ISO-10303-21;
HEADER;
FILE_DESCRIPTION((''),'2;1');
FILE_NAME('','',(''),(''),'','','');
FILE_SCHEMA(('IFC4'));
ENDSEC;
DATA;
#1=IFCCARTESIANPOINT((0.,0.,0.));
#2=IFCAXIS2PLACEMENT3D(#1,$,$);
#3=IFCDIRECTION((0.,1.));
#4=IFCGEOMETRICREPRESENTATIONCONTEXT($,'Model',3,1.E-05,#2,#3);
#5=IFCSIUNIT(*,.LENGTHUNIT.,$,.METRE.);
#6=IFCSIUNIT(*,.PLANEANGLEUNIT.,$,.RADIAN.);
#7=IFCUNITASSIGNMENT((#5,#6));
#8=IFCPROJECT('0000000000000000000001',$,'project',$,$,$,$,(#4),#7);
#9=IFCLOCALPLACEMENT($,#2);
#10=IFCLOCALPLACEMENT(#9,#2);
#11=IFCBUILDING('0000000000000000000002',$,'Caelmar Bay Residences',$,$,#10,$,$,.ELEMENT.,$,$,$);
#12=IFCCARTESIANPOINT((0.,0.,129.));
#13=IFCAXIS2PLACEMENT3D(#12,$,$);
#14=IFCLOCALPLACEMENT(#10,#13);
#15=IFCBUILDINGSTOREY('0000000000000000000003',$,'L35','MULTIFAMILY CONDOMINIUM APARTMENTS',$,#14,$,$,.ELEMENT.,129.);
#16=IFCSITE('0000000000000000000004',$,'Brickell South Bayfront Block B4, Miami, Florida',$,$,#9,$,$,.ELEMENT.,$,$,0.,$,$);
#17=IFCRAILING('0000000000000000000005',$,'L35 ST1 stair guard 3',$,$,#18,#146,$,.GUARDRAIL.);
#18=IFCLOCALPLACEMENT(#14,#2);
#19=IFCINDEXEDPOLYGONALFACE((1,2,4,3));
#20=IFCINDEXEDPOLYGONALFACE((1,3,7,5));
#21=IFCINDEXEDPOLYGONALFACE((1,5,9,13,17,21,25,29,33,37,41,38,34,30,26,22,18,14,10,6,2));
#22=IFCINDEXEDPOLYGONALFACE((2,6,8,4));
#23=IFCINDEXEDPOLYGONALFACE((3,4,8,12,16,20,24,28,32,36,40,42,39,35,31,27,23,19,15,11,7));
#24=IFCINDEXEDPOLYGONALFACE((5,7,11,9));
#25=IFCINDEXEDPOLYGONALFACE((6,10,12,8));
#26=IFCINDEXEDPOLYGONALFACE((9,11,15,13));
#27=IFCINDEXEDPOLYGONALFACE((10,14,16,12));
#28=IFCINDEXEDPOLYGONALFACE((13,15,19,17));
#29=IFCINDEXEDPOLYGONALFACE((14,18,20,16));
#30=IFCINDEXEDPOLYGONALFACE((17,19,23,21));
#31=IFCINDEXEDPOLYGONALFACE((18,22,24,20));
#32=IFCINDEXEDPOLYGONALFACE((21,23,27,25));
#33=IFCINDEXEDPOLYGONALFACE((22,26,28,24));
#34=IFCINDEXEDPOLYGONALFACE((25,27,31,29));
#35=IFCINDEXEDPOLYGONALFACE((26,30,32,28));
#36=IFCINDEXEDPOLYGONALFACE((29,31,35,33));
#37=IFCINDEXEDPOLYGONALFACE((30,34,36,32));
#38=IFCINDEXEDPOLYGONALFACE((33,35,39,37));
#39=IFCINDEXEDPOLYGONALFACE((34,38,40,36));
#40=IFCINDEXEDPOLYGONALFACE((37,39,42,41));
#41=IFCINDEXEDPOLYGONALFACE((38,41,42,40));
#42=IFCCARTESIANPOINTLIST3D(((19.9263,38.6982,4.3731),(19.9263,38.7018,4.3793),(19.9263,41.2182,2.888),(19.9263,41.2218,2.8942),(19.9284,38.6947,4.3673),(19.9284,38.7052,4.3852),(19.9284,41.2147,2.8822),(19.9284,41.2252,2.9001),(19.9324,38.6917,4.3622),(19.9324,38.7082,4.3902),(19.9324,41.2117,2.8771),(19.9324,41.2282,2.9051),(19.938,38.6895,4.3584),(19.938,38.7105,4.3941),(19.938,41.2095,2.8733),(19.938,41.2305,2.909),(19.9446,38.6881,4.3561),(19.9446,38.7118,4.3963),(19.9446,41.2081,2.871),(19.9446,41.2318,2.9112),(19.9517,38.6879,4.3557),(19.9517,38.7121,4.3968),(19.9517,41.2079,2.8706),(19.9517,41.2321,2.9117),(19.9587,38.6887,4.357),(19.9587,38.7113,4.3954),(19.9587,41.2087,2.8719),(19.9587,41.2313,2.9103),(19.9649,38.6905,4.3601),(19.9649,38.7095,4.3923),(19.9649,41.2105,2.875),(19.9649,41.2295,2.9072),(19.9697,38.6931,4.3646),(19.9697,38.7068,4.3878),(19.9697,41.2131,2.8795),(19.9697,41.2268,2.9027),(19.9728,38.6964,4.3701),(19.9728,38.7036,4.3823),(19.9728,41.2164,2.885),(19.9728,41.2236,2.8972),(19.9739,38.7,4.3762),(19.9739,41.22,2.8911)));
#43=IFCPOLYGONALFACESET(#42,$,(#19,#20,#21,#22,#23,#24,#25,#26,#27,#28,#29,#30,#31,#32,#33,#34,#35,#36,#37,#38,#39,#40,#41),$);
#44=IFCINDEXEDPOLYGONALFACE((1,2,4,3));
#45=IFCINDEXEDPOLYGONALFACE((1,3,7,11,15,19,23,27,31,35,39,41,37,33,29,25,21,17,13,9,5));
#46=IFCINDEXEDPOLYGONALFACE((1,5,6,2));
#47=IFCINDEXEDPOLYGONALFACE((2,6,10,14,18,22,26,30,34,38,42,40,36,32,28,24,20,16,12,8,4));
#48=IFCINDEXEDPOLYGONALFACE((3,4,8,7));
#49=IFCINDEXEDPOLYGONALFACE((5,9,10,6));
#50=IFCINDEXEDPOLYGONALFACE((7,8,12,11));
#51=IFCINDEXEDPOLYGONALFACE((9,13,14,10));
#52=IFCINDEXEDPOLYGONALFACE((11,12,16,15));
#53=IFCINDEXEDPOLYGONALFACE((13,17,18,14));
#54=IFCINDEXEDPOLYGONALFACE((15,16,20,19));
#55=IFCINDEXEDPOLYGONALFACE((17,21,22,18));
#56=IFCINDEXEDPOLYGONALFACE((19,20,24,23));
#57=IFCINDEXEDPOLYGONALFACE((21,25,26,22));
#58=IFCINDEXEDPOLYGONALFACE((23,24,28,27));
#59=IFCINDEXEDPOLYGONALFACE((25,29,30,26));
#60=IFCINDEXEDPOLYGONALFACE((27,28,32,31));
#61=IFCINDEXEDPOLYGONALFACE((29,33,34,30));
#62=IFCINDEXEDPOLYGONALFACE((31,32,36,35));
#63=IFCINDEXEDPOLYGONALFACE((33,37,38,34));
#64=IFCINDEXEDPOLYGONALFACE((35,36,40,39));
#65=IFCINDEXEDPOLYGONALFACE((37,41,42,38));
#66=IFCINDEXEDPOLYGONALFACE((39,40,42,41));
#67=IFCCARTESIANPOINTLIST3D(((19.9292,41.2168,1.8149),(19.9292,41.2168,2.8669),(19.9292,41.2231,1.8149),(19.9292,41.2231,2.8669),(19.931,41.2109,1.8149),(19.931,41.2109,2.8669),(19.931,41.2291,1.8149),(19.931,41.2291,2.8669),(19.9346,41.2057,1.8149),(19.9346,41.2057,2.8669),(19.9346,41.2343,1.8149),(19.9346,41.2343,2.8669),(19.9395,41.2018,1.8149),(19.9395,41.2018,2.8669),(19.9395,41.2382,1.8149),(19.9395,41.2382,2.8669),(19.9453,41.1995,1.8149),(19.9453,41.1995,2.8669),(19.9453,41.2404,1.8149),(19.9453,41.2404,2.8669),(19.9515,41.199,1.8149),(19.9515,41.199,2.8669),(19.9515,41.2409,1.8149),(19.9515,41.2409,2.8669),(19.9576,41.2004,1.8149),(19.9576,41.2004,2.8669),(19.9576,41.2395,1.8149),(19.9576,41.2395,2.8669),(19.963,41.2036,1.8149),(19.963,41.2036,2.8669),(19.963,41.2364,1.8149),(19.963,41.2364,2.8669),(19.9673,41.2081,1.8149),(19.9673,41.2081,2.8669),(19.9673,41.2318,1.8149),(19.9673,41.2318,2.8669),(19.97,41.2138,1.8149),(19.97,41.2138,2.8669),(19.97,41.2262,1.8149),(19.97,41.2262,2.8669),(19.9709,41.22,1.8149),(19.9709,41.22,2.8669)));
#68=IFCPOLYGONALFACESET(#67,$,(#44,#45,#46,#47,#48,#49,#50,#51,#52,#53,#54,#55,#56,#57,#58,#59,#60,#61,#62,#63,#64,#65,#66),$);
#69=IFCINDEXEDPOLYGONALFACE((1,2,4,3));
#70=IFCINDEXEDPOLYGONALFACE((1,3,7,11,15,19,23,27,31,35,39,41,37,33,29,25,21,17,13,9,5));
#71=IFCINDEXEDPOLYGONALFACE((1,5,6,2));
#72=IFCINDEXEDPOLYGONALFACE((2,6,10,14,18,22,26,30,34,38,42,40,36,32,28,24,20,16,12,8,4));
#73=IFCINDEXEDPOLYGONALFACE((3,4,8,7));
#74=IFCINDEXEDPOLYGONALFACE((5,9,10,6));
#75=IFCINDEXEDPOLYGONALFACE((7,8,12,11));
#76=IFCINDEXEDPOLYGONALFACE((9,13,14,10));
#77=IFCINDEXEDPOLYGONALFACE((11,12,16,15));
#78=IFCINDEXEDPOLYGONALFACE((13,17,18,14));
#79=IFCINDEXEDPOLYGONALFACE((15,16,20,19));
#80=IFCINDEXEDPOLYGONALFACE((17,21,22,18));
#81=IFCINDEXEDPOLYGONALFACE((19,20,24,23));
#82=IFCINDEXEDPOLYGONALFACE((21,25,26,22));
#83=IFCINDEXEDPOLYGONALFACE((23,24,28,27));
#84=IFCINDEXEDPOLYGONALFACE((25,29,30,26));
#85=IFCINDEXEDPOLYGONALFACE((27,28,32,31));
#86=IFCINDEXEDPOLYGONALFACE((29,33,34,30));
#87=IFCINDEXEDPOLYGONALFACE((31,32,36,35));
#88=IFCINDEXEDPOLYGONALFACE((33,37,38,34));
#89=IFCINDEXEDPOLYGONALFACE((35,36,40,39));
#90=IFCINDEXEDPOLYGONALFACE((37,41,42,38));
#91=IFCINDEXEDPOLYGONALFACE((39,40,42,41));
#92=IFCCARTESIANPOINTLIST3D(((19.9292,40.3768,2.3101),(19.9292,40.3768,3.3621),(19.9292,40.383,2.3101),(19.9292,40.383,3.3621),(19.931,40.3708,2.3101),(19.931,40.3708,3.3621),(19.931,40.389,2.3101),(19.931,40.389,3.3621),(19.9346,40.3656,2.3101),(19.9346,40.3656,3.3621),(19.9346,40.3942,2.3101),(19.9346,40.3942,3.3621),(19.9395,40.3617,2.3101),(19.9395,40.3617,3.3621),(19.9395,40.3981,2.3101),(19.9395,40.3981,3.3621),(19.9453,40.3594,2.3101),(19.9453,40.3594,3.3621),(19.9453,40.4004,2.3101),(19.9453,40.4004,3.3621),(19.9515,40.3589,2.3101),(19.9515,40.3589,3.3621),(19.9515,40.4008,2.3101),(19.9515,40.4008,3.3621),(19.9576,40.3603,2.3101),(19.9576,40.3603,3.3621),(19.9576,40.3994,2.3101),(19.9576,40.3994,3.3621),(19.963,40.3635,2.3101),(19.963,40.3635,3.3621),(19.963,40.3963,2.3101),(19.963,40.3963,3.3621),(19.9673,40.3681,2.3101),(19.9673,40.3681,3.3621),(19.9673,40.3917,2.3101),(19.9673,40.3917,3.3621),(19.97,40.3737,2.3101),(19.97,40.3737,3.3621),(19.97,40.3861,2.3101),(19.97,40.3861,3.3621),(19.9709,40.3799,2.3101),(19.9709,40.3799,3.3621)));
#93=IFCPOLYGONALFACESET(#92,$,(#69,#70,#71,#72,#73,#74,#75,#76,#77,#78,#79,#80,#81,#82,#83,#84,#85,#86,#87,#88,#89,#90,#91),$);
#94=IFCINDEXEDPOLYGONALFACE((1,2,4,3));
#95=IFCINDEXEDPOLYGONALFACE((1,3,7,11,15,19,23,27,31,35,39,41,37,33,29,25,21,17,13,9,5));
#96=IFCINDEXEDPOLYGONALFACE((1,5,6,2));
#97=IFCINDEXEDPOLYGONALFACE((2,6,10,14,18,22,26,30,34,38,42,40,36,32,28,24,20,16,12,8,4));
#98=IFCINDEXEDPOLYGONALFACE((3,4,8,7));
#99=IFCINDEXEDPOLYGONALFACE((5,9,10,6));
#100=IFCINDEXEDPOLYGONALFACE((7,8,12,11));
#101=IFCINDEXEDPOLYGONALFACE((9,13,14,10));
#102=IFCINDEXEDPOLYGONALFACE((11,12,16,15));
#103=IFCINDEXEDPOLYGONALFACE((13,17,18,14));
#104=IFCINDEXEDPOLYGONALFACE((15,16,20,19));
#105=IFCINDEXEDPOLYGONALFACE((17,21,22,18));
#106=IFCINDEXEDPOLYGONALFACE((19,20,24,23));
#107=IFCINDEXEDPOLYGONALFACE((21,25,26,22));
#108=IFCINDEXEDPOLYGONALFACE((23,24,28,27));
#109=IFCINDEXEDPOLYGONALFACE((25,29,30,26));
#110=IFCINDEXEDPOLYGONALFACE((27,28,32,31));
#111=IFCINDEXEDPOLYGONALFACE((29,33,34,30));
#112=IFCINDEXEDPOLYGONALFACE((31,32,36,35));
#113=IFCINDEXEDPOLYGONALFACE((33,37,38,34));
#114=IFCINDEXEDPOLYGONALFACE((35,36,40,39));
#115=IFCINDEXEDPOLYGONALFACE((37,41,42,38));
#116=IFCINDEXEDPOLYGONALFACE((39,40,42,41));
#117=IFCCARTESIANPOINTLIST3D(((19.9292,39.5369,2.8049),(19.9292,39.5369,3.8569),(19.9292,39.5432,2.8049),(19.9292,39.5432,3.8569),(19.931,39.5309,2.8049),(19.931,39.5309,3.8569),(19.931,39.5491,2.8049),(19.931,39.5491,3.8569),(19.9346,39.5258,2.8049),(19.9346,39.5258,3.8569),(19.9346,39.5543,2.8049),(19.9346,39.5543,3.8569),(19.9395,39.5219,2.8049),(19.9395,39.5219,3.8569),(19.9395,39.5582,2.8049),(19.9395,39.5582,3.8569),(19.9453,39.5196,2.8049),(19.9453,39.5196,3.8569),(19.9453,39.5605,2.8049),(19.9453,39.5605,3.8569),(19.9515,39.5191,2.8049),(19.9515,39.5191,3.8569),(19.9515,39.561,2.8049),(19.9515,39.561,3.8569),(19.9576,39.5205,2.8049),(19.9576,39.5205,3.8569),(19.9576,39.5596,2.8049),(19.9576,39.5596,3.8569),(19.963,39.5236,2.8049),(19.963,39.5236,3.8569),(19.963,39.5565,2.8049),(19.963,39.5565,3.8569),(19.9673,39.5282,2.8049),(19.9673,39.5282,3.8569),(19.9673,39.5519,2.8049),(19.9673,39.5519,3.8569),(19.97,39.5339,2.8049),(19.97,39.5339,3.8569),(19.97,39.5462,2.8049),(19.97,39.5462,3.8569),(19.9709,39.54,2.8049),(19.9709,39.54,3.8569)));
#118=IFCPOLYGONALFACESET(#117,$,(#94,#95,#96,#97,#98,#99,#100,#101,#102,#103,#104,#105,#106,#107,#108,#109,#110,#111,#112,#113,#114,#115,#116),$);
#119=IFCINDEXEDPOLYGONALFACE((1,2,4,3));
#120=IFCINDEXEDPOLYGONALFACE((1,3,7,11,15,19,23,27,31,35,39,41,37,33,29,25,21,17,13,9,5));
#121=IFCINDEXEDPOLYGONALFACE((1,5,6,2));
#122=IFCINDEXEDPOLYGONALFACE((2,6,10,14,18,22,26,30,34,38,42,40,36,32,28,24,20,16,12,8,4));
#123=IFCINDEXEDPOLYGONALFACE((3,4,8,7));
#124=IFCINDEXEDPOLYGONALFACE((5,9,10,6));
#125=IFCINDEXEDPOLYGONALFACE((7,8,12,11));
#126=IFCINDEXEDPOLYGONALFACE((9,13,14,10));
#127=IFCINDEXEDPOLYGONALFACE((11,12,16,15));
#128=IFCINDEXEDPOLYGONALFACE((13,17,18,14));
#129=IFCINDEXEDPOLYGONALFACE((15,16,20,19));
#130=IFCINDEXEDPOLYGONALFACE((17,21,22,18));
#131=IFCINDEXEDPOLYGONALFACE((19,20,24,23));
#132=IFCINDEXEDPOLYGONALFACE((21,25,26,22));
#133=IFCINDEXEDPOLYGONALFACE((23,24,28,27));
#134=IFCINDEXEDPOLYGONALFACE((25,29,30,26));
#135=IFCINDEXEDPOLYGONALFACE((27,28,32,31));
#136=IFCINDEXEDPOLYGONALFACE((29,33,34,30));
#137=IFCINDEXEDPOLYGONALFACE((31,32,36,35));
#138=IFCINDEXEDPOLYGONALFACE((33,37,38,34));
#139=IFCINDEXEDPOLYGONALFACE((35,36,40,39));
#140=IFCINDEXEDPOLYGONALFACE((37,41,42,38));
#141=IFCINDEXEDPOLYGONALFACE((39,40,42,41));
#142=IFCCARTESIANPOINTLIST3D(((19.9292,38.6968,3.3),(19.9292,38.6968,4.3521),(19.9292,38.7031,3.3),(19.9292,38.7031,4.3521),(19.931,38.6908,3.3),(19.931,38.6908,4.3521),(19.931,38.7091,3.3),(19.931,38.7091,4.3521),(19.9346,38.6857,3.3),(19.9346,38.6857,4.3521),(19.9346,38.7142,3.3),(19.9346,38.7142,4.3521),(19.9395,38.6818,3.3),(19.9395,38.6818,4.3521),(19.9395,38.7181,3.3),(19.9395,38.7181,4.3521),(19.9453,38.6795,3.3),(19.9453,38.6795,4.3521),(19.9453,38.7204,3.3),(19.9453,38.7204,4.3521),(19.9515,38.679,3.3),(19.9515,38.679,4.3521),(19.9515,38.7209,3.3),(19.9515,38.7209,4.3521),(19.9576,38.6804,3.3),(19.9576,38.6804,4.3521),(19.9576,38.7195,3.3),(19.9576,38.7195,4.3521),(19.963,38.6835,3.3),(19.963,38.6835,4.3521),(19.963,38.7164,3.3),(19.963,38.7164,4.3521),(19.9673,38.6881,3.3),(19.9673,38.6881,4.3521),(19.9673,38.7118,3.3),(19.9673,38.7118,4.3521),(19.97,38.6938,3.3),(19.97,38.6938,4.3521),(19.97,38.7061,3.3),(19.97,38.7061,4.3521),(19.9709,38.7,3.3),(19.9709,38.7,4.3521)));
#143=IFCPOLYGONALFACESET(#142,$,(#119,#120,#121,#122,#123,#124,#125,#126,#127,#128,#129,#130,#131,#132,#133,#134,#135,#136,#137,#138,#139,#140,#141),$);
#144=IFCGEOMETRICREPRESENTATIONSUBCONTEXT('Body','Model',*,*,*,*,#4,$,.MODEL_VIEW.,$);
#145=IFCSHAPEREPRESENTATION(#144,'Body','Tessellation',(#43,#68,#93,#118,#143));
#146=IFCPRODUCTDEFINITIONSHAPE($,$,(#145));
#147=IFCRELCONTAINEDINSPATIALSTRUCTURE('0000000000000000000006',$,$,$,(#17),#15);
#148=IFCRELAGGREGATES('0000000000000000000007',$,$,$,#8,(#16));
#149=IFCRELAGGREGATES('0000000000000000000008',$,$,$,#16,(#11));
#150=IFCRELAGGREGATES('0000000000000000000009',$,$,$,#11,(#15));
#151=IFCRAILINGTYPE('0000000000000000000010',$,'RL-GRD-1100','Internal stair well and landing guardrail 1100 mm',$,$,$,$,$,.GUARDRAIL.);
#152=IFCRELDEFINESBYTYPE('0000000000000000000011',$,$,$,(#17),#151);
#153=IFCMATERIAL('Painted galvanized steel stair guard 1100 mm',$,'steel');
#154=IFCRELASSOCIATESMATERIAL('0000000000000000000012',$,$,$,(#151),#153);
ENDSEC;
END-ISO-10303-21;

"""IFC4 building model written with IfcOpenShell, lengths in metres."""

from ifc_helpers import new_model, si_unit, direction, frame, origin, origin_2d, place, context, subcontext, project, spatial, circle, extrude, material, type_object, element, save


model = new_model("IFC4")

# Units and contexts
model_context = context("Model", 3, precision=1e-05, world=origin(), true_north=direction((0.0, 1.0)))
body_context = subcontext(model_context, "Body", "Model", "MODEL_VIEW")
ifc_project = project(units=[si_unit("LENGTHUNIT", "METRE"), si_unit("PLANEANGLEUNIT", "RADIAN")], contexts=[model_context])

# Site, building, storey
site_placement = place(None, origin())
site = spatial("IfcSite", under=ifc_project, at=site_placement, Name="Brickell South Bayfront Block B4, Miami, Florida", CompositionType="ELEMENT", RefElevation=0.0)
building_placement = place(site_placement, origin())
building = spatial("IfcBuilding", under=site, at=building_placement, Name="Caelmar Bay Residences", CompositionType="ELEMENT")
storey_placement = place(building_placement, frame((0.0, 0.0, 129.0)))
storey = spatial("IfcBuildingStorey", under=building, at=storey_placement, Name="L35", Description="MULTIFAMILY CONDOMINIUM APARTMENTS", CompositionType="ELEMENT", Elevation=129.0)

# Railing
ifc_material_1 = material(Name="Painted galvanized steel stair guard 1100 mm", Category="steel")
railing_type_1 = type_object("IfcRailingType", Name="RL-GRD-1100", Description="Internal stair well and landing guardrail 1100 mm", PredefinedType="GUARDRAIL", material=ifc_material_1)
railing_1_placement = place(storey_placement, frame((19.95, 41.22, 1.8149)))
element("IfcRailing", 1, at=railing_1_placement, inside=storey, type_object=railing_type_1, Name="L35 ST1 stair guard 3", PredefinedType="GUARDRAIL", context=body_context, shape_type="SweptSolid", body=[
    extrude(circle(Radius=0.0239, at=origin_2d()), frame((0.0, 0.0, 1.0762), z_axis=(0.0, -0.861524, 0.507717), x_axis=(1.0, 0.0, 0.0)), (0.0, 0.0, 1.0), 2.925),
    extrude(circle(Radius=0.021, at=origin_2d()), origin(), (0.0, 0.0, 1.0), 1.052),
    extrude(circle(Radius=0.021, at=origin_2d()), frame((0.0, -0.8401, 0.4951)), (0.0, 0.0, 1.0), 1.052),
    extrude(circle(Radius=0.021, at=origin_2d()), frame((0.0, -1.6799, 0.99)), (0.0, 0.0, 1.0), 1.052),
    extrude(circle(Radius=0.021, at=origin_2d()), frame((0.0, -2.52, 1.4851)), (0.0, 0.0, 1.0), 1.052),
])

save(model, "model.ifc")
